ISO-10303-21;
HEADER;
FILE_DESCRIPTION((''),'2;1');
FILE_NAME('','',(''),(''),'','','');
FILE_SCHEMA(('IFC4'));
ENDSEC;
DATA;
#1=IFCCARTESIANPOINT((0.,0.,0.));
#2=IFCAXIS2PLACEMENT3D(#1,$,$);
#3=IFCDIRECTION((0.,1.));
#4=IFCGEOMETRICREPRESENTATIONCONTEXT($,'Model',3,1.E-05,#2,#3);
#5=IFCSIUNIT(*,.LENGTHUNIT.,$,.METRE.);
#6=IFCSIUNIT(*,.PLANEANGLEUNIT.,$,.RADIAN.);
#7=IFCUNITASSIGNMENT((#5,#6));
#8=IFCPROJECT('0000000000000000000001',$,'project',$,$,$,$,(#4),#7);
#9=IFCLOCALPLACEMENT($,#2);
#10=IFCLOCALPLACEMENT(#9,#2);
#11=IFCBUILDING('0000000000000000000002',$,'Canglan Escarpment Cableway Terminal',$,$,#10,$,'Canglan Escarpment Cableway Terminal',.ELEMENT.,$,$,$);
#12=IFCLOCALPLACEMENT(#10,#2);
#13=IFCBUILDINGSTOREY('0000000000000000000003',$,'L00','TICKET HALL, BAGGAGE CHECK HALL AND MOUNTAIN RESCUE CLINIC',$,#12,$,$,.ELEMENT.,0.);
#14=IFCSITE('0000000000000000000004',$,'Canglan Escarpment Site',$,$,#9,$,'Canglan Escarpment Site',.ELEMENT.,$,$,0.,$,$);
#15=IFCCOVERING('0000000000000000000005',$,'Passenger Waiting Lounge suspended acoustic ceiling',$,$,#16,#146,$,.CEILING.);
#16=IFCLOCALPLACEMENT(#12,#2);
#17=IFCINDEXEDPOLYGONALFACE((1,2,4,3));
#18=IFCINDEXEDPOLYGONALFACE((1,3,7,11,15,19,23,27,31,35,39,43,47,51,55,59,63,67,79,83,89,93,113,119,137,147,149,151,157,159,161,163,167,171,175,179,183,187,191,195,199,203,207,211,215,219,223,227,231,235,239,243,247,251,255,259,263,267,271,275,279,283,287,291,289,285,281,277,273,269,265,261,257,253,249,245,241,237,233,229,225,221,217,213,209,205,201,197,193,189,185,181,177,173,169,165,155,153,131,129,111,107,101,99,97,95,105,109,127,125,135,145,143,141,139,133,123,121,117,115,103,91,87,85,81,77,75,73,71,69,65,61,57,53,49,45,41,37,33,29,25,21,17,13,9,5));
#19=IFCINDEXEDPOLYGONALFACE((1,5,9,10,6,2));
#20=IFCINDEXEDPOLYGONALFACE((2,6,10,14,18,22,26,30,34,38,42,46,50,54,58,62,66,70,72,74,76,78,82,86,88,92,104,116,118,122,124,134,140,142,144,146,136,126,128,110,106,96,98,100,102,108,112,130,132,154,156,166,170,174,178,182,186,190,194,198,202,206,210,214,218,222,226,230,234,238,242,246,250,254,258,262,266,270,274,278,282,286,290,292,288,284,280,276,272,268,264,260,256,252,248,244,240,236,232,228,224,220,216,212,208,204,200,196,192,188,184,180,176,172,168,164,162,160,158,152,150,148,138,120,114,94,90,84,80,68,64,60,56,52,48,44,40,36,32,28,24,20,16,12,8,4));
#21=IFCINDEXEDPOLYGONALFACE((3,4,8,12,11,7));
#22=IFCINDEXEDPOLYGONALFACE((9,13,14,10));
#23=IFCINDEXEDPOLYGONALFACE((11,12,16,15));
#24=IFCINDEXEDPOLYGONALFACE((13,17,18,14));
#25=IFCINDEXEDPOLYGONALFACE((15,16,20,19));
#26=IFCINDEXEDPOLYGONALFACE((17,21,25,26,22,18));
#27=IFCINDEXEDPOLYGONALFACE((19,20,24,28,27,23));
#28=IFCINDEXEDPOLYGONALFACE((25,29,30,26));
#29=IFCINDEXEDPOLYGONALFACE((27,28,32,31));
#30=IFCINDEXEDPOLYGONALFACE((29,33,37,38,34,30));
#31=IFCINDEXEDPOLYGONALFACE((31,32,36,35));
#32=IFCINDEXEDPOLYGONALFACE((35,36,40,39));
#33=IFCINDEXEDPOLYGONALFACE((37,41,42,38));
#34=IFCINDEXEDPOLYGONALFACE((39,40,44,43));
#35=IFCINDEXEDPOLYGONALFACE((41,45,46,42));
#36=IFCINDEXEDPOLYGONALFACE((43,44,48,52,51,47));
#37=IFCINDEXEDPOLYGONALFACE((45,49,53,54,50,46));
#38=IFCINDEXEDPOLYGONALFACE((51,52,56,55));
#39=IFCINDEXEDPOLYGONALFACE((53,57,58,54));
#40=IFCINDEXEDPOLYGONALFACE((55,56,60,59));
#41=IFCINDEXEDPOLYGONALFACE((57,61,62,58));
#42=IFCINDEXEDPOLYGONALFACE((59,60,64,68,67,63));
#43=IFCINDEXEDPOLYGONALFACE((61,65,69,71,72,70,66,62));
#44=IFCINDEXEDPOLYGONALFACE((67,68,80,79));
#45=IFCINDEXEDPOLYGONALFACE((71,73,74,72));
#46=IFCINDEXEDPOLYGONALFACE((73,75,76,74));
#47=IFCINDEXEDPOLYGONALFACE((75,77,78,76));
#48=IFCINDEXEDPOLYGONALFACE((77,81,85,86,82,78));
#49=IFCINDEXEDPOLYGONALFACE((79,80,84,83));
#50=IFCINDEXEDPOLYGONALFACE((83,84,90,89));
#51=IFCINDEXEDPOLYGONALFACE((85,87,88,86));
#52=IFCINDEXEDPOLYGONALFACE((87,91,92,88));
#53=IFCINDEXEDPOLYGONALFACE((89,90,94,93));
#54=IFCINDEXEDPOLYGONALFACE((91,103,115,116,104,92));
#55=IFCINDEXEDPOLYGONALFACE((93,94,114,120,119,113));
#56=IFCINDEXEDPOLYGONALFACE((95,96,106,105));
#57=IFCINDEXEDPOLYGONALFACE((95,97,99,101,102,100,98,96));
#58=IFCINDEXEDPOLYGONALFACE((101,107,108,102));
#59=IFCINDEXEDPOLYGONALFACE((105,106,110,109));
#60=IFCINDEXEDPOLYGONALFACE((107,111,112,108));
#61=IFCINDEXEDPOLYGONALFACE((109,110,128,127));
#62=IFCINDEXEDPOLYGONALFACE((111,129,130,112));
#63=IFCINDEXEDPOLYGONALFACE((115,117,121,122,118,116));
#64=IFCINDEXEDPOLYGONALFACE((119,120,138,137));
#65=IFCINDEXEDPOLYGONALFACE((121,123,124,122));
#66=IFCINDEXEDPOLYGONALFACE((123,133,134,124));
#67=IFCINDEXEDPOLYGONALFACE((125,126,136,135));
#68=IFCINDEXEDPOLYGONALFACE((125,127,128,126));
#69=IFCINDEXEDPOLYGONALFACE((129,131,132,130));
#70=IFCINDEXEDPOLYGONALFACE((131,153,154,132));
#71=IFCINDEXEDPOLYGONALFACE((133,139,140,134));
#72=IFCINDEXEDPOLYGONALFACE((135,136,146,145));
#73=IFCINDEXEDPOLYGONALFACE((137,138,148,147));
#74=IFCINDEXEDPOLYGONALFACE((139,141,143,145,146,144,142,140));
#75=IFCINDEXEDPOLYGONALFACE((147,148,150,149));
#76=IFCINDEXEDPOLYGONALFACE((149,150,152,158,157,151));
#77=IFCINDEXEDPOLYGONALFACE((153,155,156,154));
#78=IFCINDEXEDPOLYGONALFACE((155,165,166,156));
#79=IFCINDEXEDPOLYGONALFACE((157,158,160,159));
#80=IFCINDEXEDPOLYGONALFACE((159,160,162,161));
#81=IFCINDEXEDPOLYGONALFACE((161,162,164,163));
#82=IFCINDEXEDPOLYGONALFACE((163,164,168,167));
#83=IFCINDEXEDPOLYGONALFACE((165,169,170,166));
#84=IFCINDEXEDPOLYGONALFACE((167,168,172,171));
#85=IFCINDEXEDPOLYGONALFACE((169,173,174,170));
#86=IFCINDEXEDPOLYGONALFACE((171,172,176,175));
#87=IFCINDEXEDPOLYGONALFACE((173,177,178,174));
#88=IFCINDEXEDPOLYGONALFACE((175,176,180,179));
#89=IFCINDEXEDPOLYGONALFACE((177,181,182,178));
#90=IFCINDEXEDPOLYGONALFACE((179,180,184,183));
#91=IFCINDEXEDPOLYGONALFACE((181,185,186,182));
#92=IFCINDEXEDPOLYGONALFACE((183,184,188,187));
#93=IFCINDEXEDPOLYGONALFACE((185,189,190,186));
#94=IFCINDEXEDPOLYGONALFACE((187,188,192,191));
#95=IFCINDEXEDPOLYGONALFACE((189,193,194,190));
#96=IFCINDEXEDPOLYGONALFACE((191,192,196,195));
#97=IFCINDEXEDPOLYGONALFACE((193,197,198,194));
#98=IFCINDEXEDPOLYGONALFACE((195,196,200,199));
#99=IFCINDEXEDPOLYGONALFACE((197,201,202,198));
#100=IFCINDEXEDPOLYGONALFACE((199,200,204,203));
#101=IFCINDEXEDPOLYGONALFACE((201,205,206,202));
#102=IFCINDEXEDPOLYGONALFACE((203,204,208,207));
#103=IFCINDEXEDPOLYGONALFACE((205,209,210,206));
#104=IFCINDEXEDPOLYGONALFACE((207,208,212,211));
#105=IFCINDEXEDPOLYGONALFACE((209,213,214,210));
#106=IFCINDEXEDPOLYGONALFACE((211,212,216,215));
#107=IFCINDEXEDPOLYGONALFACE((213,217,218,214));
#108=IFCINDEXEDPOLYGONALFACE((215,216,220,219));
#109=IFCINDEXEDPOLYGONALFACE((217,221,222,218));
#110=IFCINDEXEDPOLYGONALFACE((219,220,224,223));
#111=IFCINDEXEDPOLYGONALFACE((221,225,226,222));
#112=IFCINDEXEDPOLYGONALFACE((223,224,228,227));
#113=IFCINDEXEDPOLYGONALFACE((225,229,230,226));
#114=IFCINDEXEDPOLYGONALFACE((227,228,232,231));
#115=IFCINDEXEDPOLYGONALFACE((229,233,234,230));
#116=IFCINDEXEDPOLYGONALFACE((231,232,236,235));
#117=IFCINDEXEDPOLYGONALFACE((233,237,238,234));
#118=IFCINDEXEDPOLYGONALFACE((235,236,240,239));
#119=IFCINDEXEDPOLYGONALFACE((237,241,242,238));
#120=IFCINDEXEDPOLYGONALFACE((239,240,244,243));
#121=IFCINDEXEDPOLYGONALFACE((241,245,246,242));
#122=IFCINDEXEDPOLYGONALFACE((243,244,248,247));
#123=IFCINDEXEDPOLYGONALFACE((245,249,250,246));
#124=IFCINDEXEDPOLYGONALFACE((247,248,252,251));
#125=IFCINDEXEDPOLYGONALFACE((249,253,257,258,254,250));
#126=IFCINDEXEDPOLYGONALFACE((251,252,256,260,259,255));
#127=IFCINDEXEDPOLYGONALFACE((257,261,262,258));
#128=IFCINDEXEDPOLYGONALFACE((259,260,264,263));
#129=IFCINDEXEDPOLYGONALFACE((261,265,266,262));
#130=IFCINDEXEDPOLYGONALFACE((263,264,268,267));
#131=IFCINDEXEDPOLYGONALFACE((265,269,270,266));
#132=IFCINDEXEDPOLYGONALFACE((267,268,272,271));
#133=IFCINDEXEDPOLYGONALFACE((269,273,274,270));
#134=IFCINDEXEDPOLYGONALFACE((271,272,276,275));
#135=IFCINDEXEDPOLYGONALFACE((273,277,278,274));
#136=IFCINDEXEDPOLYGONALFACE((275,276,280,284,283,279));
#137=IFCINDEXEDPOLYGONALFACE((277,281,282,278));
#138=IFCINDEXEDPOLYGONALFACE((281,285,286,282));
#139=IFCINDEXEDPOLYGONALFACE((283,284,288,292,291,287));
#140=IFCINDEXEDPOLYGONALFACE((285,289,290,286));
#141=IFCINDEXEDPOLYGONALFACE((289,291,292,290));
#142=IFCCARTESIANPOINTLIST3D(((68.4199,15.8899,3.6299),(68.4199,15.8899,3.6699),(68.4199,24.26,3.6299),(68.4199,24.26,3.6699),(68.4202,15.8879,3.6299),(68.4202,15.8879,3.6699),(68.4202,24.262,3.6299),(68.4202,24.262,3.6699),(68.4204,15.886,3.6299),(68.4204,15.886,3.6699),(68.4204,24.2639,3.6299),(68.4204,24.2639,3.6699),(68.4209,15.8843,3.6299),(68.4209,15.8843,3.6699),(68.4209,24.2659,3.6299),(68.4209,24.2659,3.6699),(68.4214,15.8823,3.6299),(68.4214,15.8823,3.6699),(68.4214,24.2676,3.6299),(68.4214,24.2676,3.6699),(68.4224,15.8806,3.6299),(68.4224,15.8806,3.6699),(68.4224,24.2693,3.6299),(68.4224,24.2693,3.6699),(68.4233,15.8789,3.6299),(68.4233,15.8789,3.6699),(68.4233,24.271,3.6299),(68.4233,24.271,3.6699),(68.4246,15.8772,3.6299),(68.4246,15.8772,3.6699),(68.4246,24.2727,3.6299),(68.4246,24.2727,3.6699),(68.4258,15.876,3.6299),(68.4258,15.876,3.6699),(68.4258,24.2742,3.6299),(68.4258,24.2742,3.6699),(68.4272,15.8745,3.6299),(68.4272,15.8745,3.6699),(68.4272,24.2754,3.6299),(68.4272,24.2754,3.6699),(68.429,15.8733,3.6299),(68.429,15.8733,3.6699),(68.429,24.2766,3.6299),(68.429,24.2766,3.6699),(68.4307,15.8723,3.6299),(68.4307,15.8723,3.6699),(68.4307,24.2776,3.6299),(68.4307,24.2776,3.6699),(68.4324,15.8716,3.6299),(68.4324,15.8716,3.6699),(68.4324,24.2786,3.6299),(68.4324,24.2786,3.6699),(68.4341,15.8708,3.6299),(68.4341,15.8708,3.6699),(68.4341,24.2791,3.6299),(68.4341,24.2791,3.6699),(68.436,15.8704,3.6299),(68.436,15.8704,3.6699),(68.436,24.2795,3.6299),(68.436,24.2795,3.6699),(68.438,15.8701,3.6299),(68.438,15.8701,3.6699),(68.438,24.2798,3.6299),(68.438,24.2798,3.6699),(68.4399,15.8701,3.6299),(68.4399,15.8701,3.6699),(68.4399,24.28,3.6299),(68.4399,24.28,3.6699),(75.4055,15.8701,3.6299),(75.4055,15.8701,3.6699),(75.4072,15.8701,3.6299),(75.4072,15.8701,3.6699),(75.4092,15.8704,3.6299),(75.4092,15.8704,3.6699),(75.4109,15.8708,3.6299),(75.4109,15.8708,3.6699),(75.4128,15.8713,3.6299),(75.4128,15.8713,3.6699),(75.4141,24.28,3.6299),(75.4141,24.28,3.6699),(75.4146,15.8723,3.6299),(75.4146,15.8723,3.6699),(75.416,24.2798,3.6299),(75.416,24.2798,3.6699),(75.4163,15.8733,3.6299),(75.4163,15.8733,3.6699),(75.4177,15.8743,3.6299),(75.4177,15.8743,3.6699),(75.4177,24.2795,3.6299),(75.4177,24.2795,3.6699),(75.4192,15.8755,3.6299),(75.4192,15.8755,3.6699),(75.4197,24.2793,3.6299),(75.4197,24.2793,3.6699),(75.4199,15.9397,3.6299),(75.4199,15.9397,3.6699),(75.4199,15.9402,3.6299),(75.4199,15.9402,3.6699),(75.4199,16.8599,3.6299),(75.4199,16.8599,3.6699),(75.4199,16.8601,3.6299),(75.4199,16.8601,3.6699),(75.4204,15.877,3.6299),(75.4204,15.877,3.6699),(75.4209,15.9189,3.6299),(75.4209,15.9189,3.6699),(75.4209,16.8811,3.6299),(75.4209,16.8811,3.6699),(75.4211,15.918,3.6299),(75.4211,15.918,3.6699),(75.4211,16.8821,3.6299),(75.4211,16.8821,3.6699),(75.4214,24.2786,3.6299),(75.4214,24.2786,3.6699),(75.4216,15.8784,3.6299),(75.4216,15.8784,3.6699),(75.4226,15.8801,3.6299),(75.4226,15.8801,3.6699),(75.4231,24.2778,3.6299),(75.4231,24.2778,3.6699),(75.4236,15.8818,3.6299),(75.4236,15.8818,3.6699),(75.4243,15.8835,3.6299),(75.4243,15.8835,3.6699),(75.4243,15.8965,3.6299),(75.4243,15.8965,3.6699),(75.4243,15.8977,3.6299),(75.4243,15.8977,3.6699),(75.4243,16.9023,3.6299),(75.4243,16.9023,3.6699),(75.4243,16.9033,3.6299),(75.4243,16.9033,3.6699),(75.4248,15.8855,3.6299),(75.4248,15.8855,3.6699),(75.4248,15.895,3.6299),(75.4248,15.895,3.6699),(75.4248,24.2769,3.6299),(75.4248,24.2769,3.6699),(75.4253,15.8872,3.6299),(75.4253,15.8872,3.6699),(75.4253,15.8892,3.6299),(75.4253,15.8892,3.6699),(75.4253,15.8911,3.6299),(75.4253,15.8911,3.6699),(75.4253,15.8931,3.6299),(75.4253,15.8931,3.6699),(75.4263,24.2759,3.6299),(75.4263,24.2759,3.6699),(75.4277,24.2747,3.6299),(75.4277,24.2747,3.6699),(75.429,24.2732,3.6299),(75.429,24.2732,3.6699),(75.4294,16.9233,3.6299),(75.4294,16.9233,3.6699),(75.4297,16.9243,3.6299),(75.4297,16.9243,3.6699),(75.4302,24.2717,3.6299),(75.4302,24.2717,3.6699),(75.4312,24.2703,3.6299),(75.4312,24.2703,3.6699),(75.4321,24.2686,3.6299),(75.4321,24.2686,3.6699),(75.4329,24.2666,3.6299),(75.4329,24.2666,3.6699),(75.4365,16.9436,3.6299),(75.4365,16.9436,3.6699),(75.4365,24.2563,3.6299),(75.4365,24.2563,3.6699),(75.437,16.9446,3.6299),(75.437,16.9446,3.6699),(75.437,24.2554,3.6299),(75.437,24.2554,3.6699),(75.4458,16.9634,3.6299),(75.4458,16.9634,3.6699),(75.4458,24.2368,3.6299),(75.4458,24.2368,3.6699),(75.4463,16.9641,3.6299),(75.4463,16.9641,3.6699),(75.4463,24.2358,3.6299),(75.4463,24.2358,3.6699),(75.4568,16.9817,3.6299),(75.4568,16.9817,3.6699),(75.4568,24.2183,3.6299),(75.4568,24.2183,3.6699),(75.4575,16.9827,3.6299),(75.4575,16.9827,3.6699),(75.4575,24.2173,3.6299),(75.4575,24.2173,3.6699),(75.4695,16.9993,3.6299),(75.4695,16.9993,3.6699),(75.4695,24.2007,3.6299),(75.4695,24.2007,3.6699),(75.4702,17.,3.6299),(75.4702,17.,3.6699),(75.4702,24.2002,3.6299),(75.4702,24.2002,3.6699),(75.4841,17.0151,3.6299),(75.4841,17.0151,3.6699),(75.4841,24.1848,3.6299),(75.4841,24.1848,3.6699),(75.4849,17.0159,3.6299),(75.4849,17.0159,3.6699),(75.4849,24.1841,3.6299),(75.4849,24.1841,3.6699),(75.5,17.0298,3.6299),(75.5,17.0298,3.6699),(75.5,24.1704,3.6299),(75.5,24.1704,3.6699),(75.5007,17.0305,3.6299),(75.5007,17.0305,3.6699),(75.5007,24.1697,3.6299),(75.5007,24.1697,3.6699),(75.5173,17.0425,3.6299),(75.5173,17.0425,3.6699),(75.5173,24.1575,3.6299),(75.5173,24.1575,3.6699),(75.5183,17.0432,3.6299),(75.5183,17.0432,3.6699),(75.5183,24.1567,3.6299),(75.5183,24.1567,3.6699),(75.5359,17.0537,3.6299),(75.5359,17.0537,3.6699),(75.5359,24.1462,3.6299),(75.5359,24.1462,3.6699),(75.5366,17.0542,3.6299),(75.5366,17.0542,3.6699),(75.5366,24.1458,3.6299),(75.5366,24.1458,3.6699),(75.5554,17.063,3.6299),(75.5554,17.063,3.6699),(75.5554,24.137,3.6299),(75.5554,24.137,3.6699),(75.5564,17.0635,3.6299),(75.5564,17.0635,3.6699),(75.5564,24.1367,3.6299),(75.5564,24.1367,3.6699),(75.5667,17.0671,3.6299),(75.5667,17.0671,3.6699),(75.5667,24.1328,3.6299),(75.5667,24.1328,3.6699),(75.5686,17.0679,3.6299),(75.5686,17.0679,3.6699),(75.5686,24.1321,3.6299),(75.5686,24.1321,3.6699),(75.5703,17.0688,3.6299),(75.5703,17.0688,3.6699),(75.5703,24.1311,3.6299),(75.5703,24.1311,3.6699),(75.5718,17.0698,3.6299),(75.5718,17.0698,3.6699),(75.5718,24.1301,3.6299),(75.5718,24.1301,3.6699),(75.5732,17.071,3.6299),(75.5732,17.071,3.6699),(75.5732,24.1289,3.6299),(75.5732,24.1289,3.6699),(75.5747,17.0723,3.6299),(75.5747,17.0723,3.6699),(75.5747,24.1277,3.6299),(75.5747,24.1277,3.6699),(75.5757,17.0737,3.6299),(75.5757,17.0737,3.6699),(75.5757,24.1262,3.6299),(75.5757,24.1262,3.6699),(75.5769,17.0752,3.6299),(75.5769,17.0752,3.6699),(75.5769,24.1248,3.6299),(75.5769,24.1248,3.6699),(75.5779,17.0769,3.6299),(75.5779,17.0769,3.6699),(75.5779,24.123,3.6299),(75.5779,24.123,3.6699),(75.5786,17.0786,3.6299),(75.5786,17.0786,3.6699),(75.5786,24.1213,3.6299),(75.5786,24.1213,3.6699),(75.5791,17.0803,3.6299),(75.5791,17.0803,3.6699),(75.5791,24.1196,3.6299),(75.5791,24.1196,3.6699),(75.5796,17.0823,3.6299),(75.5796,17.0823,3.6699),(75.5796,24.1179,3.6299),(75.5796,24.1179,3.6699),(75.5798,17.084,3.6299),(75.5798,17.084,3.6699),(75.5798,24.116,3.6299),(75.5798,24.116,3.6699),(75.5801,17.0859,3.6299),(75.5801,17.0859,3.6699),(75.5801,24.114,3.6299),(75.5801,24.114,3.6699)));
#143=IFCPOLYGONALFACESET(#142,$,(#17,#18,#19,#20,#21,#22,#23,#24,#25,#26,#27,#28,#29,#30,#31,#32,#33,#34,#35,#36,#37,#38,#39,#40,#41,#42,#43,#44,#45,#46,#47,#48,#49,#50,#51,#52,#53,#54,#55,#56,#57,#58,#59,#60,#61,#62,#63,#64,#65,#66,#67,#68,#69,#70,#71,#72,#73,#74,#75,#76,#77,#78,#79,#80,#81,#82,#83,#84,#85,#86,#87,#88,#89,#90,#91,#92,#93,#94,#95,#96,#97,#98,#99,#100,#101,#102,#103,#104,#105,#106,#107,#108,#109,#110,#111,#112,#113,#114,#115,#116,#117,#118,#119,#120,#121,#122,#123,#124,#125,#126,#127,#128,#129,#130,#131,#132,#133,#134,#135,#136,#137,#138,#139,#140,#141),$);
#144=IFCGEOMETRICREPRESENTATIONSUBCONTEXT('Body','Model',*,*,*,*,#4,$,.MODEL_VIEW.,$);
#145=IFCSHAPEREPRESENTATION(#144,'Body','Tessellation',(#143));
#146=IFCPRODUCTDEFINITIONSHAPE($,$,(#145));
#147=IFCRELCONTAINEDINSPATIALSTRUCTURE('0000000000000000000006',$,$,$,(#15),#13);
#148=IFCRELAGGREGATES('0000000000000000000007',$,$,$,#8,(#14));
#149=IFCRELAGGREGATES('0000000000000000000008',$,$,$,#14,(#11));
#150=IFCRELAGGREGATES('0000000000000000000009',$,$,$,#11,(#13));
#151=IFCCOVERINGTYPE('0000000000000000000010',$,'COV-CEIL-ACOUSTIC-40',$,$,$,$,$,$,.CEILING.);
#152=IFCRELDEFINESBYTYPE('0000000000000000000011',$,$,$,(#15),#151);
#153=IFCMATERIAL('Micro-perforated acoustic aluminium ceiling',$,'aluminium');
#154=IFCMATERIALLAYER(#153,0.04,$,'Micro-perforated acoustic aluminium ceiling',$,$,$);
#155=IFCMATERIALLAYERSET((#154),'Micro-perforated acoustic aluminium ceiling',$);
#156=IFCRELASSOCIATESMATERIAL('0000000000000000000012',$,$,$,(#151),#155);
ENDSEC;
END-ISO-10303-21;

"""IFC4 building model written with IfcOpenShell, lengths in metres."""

from ifc_helpers import new_model, si_unit, direction, frame, origin, place, context, subcontext, project, spatial, polyline, outline, extrude, material, layer, layer_set, type_object, element, save


model = new_model("IFC4")

# Units and contexts
model_context = context("Model", 3, precision=1e-05, world=origin(), true_north=direction((0.0, 1.0)))
body_context = subcontext(model_context, "Body", "Model", "MODEL_VIEW")
ifc_project = project(units=[si_unit("LENGTHUNIT", "METRE"), si_unit("PLANEANGLEUNIT", "RADIAN")], contexts=[model_context])

# Site, building, storey
site_placement = place(None, origin())
site = spatial("IfcSite", under=ifc_project, at=site_placement, Name="Canglan Escarpment Site", LongName="Canglan Escarpment Site", CompositionType="ELEMENT", RefElevation=0.0)
building_placement = place(site_placement, origin())
building = spatial("IfcBuilding", under=site, at=building_placement, Name="Canglan Escarpment Cableway Terminal", LongName="Canglan Escarpment Cableway Terminal", CompositionType="ELEMENT")
storey_placement = place(building_placement, origin())
storey = spatial("IfcBuildingStorey", under=building, at=storey_placement, Name="L00", Description="TICKET HALL, BAGGAGE CHECK HALL AND MOUNTAIN RESCUE CLINIC", CompositionType="ELEMENT", Elevation=0.0)

# Covering
ifc_material_1 = material(Name="Micro-perforated acoustic aluminium ceiling", Category="aluminium")
ifc_layer_1 = layer(ifc_material_1, 0.04, Name="Micro-perforated acoustic aluminium ceiling")
ifc_layer_set_1 = layer_set([ifc_layer_1], Name="Micro-perforated acoustic aluminium ceiling")
covering_type_1 = type_object("IfcCoveringType", Name="COV-CEIL-ACOUSTIC-40", PredefinedType="CEILING", material=ifc_layer_set_1)
covering_1_placement = place(storey_placement, frame((0.0, 0.0, 3.6299)))
element("IfcCovering", 1, at=covering_1_placement, inside=storey, type_object=covering_type_1, Name="Passenger Waiting Lounge suspended acoustic ceiling", PredefinedType="CEILING", context=body_context, shape_type="SweptSolid", body=[
    extrude(outline(polyline([(68.4399, 15.8701), (68.438, 15.8701), (68.436, 15.8704), (68.4341, 15.8708), (68.4324, 15.8716), (68.4307, 15.8723), (68.429, 15.8733), (68.4272, 15.8745), (68.4258, 15.876), (68.4246, 15.8772), (68.4233, 15.8789), (68.4224, 15.8806), (68.4214, 15.8823), (68.4209, 15.8843), (68.4204, 15.886), (68.4202, 15.8879), (68.4199, 15.8899), (68.4199, 24.26), (68.4202, 24.262), (68.4204, 24.2639), (68.4209, 24.2659), (68.4214, 24.2676), (68.4224, 24.2693), (68.4233, 24.271), (68.4246, 24.2727), (68.4258, 24.2742), (68.4272, 24.2754), (68.429, 24.2766), (68.4307, 24.2776), (68.4324, 24.2786), (68.4341, 24.2791), (68.436, 24.2795), (68.438, 24.2798), (68.4399, 24.28), (75.4141, 24.28), (75.416, 24.2798), (75.4177, 24.2795), (75.4197, 24.2793), (75.4214, 24.2786), (75.4231, 24.2778), (75.4248, 24.2769), (75.4263, 24.2759), (75.4277, 24.2747), (75.429, 24.2732), (75.4302, 24.2717), (75.4312, 24.2703), (75.4321, 24.2686), (75.4329, 24.2666), (75.4365, 24.2563), (75.437, 24.2554), (75.4458, 24.2368), (75.4463, 24.2358), (75.4568, 24.2183), (75.4575, 24.2173), (75.4695, 24.2007), (75.4702, 24.2002), (75.4841, 24.1848), (75.4849, 24.1841), (75.5, 24.1704), (75.5007, 24.1697), (75.5173, 24.1575), (75.5183, 24.1567), (75.5359, 24.1462), (75.5366, 24.1458), (75.5554, 24.137), (75.5564, 24.1367), (75.5667, 24.1328), (75.5686, 24.1321), (75.5703, 24.1311), (75.5718, 24.1301), (75.5732, 24.1289), (75.5747, 24.1277), (75.5757, 24.1262), (75.5769, 24.1248), (75.5779, 24.123), (75.5786, 24.1213), (75.5791, 24.1196), (75.5796, 24.1179), (75.5798, 24.116), (75.5801, 24.114), (75.5801, 17.0859), (75.5798, 17.084), (75.5796, 17.0823), (75.5791, 17.0803), (75.5786, 17.0786), (75.5779, 17.0769), (75.5769, 17.0752), (75.5757, 17.0737), (75.5747, 17.0723), (75.5732, 17.071), (75.5718, 17.0698), (75.5703, 17.0688), (75.5686, 17.0679), (75.5667, 17.0671), (75.5564, 17.0635), (75.5554, 17.063), (75.5366, 17.0542), (75.5359, 17.0537), (75.5183, 17.0432), (75.5173, 17.0425), (75.5007, 17.0305), (75.5, 17.0298), (75.4849, 17.0159), (75.4841, 17.0151), (75.4702, 17.0), (75.4695, 16.9993), (75.4575, 16.9827), (75.4568, 16.9817), (75.4463, 16.9641), (75.4458, 16.9634), (75.437, 16.9446), (75.4365, 16.9436), (75.4297, 16.9243), (75.4294, 16.9233), (75.4243, 16.9033), (75.4243, 16.9023), (75.4211, 16.8821), (75.4209, 16.8811), (75.4199, 16.8601), (75.4199, 16.8599), (75.4199, 15.9402), (75.4199, 15.9397), (75.4209, 15.9189), (75.4211, 15.918), (75.4243, 15.8977), (75.4243, 15.8965), (75.4248, 15.895), (75.4253, 15.8931), (75.4253, 15.8911), (75.4253, 15.8892), (75.4253, 15.8872), (75.4248, 15.8855), (75.4243, 15.8835), (75.4236, 15.8818), (75.4226, 15.8801), (75.4216, 15.8784), (75.4204, 15.877), (75.4192, 15.8755), (75.4177, 15.8743), (75.4163, 15.8733), (75.4146, 15.8723), (75.4128, 15.8713), (75.4109, 15.8708), (75.4092, 15.8704), (75.4072, 15.8701), (75.4055, 15.8701), (68.4399, 15.8701)])), origin(), (0.0, 0.0, 1.0), 0.04),
])

save(model, "model.ifc")
